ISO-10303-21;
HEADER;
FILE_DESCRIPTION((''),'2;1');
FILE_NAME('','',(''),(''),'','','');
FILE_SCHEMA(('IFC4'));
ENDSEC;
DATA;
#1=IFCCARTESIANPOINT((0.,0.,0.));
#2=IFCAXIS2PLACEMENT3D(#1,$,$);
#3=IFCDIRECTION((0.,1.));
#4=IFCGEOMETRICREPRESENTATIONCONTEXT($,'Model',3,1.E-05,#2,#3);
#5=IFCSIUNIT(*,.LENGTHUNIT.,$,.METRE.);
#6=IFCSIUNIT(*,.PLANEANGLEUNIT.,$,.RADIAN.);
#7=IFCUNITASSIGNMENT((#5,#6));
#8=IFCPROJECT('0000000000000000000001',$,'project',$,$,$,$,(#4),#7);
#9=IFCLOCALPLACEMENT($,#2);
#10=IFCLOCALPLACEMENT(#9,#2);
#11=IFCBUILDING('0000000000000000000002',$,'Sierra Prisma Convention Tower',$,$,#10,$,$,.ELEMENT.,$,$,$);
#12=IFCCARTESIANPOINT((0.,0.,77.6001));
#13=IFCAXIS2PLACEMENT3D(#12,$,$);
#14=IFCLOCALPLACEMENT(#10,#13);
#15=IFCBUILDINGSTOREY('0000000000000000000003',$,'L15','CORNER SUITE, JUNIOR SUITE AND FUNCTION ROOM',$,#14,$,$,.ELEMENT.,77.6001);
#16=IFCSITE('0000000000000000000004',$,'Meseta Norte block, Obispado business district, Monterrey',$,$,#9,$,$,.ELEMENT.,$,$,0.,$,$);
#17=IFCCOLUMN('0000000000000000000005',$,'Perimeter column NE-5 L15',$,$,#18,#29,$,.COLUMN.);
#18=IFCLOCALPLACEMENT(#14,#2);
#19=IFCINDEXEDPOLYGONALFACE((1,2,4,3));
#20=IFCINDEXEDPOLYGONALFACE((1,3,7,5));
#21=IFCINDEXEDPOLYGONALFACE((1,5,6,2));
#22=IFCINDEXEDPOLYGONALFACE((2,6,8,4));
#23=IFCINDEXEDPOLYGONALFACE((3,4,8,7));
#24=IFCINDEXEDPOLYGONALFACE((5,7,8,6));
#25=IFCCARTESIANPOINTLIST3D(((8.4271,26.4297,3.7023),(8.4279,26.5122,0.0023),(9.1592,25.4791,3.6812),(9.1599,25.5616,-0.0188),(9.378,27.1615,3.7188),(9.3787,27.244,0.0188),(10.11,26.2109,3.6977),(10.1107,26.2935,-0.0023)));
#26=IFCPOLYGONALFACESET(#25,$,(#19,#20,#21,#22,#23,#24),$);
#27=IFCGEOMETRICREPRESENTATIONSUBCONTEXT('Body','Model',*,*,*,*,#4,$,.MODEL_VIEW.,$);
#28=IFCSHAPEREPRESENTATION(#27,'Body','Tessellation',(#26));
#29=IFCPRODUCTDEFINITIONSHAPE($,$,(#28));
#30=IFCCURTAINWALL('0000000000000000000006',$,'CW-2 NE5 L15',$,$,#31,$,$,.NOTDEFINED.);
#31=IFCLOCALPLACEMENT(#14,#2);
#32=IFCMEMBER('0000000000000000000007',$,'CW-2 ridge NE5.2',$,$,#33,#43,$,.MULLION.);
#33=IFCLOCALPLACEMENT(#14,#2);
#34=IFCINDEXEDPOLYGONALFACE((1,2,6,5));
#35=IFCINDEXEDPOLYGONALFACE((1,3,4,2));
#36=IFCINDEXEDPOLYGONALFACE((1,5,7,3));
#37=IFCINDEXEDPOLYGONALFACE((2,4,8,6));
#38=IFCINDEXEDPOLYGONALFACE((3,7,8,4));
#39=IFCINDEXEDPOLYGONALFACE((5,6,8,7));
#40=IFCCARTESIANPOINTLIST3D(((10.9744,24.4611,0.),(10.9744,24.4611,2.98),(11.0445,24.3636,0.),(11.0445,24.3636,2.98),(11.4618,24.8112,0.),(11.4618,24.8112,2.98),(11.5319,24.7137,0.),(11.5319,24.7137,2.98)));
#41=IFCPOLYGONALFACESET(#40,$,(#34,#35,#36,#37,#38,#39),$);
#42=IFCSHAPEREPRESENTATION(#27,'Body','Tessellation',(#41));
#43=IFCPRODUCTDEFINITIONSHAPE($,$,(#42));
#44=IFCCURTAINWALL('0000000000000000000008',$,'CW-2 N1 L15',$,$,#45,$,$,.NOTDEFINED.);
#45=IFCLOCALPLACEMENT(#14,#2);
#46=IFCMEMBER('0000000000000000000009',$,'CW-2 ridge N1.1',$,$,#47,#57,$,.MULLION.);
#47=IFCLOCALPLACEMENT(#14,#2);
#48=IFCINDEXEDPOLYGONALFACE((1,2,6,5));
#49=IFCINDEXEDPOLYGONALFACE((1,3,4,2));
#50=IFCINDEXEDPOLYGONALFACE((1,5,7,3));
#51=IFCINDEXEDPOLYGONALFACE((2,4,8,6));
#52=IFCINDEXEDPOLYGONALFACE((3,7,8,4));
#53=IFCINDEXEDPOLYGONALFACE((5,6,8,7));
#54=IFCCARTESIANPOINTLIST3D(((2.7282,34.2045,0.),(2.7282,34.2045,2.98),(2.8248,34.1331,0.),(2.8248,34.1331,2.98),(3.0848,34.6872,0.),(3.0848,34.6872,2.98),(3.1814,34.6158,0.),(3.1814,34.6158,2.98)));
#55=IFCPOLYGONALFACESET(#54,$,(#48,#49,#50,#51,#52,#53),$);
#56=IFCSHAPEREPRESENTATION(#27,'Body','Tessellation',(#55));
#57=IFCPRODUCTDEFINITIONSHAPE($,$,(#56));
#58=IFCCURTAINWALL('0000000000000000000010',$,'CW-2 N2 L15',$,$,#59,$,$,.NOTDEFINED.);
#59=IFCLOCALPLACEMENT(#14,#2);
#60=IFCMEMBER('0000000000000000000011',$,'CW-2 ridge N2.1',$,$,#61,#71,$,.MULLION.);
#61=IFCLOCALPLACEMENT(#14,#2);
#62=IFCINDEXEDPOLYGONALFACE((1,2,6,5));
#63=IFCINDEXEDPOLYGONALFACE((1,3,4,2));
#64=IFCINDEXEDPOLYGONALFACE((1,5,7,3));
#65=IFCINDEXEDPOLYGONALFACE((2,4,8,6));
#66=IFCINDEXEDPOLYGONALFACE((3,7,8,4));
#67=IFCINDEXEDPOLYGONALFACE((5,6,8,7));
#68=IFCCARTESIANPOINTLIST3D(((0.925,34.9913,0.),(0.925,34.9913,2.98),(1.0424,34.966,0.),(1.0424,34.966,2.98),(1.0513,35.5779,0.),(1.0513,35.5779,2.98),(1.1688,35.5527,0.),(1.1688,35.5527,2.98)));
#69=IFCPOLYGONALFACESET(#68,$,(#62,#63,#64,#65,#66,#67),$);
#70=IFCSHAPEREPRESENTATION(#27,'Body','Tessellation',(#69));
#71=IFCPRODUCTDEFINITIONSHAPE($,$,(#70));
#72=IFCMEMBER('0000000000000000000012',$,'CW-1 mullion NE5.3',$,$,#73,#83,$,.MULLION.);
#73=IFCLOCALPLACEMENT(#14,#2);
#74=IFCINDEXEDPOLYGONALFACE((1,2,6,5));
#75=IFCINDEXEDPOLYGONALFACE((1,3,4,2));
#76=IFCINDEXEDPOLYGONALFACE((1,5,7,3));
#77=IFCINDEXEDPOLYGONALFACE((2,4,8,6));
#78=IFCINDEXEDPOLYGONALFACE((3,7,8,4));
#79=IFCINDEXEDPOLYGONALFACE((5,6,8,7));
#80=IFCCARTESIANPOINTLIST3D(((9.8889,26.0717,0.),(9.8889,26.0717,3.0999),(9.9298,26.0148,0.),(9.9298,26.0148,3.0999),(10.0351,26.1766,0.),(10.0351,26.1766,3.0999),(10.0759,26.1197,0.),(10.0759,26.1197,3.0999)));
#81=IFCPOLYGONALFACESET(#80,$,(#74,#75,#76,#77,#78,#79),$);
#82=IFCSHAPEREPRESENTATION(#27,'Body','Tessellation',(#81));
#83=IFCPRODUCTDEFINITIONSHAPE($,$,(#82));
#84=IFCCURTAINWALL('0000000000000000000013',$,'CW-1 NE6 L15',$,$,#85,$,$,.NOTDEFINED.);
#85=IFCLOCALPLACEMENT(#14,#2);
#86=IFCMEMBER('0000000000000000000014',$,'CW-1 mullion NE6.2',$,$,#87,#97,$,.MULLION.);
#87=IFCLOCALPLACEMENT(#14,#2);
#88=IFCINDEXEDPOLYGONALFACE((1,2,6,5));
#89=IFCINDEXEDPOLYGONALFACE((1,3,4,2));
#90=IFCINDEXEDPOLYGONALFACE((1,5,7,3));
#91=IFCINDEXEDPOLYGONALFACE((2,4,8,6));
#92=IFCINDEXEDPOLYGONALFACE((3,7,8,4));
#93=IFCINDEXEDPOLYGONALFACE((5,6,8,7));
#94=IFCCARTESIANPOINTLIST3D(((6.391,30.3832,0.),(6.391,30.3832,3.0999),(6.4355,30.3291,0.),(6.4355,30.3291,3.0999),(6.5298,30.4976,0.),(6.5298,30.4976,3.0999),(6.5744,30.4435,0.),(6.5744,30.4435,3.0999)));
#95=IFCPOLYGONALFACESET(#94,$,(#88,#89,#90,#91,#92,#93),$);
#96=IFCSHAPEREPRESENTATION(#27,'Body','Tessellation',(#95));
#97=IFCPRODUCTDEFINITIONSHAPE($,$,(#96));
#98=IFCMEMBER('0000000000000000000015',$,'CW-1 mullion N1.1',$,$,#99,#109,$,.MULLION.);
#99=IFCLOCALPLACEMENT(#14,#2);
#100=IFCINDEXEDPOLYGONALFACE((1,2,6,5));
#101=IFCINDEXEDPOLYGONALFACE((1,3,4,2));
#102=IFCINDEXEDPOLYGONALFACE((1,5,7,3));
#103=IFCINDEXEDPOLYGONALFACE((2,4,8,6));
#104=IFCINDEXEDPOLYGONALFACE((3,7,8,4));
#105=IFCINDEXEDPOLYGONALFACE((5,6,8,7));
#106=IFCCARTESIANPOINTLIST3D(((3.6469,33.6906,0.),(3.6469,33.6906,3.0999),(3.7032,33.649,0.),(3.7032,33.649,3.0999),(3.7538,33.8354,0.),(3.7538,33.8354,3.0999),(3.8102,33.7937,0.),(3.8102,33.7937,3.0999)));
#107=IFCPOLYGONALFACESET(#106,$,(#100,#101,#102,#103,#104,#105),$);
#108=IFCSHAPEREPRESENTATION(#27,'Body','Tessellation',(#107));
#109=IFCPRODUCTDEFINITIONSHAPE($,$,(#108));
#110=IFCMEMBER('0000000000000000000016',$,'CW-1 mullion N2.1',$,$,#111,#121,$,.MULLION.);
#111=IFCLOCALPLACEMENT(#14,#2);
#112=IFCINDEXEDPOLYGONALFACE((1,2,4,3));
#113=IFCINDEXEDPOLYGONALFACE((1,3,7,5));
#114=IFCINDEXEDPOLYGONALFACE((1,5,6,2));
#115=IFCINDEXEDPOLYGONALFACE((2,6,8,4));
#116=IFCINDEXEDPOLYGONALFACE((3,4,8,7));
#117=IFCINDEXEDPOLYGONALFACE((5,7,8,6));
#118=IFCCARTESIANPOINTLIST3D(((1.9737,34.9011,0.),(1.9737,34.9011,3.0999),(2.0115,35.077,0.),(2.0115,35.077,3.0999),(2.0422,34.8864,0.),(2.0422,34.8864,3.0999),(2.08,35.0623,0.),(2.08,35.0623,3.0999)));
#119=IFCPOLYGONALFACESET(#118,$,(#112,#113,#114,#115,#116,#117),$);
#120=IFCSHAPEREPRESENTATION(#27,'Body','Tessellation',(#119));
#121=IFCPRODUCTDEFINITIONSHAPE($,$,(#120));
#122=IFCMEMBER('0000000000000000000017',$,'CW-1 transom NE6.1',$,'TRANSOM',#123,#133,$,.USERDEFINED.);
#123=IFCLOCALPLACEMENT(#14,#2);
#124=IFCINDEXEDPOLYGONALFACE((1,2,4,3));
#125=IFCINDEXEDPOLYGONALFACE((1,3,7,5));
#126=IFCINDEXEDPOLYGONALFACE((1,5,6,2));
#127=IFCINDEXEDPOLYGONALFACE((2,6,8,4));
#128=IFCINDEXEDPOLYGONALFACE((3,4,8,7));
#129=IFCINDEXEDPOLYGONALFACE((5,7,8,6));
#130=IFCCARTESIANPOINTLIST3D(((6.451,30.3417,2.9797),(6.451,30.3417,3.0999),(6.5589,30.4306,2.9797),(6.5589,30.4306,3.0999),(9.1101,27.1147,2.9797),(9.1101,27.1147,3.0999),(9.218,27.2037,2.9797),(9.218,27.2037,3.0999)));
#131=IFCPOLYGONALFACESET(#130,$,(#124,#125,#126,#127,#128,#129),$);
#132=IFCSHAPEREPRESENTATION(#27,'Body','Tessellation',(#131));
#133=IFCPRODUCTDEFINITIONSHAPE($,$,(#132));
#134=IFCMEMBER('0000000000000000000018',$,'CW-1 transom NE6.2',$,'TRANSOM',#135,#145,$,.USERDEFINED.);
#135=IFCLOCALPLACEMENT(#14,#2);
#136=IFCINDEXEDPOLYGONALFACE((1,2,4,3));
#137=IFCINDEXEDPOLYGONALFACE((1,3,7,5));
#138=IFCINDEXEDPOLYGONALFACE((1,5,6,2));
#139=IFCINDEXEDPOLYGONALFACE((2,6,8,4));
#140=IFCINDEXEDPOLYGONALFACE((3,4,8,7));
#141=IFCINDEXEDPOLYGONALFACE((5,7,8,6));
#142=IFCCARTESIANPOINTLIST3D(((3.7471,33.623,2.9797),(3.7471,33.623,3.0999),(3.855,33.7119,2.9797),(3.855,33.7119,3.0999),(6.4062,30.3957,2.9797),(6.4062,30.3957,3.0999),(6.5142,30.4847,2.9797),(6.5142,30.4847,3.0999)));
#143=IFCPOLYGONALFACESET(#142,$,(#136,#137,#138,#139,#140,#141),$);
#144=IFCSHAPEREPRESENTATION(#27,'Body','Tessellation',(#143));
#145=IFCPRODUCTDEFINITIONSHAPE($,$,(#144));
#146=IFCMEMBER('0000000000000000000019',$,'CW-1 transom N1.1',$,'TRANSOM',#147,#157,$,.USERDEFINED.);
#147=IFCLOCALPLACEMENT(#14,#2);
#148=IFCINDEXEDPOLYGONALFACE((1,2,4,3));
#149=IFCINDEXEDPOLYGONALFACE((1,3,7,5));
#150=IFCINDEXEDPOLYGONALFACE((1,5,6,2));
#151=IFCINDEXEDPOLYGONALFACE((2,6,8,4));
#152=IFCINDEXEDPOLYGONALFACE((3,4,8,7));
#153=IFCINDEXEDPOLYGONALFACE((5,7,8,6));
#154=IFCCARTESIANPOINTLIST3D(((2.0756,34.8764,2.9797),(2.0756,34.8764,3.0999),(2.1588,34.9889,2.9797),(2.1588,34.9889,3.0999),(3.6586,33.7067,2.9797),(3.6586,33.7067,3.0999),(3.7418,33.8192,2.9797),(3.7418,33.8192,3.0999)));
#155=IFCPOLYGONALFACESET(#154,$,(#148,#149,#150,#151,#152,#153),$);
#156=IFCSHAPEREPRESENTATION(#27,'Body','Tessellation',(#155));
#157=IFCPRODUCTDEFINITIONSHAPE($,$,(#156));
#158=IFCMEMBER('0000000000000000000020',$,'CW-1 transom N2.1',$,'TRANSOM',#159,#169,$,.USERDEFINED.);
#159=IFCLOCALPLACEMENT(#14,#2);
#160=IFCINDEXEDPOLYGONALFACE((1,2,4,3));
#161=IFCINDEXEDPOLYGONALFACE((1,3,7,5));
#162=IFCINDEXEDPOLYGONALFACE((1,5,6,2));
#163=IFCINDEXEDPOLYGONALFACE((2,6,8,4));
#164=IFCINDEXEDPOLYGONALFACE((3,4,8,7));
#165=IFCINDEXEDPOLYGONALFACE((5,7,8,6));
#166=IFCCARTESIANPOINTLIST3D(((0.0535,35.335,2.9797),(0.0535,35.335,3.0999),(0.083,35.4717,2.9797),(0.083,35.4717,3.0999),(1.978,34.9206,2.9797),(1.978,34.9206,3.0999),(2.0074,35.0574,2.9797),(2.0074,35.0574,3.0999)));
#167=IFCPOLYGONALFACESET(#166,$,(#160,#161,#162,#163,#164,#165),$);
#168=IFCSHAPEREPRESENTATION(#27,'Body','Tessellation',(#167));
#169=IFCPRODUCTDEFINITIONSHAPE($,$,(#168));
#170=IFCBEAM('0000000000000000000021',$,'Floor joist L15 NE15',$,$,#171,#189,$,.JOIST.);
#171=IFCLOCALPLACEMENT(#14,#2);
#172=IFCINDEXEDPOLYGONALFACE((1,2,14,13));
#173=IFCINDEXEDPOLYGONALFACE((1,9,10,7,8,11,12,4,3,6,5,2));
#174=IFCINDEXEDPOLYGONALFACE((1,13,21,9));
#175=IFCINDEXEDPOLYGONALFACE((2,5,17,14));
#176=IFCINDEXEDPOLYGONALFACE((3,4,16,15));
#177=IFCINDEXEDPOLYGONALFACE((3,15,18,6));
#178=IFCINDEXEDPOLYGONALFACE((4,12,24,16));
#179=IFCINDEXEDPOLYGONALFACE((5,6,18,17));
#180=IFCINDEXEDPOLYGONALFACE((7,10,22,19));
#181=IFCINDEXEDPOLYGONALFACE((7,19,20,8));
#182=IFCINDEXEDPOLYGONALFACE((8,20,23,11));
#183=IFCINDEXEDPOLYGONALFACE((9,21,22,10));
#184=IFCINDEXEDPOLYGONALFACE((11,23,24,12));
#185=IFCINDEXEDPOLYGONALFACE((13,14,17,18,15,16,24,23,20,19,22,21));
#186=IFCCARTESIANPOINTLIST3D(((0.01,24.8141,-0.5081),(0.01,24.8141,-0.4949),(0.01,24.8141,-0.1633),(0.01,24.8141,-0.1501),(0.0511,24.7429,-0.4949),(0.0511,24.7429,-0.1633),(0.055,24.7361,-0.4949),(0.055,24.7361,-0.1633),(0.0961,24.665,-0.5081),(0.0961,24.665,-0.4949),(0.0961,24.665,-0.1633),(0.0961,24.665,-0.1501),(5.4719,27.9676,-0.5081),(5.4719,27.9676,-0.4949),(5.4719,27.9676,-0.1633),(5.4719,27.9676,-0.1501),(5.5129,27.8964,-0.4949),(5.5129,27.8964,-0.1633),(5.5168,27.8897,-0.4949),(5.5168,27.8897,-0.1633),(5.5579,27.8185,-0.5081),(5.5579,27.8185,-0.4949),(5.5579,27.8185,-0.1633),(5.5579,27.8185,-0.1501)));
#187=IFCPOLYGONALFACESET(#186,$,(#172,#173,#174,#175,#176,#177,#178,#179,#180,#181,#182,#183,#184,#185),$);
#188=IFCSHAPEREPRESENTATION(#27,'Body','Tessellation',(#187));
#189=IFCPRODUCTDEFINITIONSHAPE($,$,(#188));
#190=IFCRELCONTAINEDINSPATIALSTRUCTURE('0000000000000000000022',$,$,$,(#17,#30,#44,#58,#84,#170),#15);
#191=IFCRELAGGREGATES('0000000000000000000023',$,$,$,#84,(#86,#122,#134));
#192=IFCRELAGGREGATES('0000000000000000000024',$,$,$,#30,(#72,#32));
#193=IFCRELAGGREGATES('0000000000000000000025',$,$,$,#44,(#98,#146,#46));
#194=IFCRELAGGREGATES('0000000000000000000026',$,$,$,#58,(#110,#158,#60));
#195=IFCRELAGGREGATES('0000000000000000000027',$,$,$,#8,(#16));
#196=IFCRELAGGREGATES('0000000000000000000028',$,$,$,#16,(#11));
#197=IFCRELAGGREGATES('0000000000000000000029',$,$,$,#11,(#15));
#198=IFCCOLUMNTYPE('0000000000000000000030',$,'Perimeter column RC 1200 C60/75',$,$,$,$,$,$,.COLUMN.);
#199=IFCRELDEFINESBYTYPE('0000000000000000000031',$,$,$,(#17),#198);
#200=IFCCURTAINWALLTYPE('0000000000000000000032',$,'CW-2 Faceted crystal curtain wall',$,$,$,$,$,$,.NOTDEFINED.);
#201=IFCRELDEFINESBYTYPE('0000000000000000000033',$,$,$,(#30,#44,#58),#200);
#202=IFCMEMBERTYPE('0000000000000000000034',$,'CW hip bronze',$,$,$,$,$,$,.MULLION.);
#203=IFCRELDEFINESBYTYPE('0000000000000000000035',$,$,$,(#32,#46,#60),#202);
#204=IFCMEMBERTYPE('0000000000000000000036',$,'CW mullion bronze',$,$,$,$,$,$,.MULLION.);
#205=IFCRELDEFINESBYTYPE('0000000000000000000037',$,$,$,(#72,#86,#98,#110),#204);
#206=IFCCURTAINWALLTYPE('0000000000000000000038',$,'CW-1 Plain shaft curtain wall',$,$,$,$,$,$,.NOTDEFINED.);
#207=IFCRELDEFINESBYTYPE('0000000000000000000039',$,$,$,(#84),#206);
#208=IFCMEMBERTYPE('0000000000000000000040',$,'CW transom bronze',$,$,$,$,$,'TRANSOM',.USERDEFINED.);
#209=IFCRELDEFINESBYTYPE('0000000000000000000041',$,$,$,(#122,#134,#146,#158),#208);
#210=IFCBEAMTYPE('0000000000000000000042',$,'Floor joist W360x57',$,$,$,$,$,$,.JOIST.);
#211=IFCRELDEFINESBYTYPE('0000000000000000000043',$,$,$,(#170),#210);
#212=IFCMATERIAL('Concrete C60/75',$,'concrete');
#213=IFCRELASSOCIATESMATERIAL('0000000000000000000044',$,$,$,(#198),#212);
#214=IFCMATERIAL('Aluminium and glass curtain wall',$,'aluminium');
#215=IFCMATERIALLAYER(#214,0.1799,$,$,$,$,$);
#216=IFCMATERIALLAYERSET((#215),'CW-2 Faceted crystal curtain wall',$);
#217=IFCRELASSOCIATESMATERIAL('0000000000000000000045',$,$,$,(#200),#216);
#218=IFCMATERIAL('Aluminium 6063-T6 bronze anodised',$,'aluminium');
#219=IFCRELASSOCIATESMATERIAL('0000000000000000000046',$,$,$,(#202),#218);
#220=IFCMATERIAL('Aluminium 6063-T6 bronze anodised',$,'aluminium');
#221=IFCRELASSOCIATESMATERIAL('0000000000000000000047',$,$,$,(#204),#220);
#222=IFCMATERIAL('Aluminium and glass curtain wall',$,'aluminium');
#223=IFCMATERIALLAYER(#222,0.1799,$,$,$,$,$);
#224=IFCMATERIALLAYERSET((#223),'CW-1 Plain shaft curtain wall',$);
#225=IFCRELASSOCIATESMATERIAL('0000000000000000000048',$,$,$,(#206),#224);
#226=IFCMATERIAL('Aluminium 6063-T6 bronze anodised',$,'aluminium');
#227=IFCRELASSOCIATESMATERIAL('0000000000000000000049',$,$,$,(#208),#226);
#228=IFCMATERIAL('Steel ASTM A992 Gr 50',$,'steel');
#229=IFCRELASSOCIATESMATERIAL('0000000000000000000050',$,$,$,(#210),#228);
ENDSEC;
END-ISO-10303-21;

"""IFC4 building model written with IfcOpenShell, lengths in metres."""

from ifc_helpers import new_model, si_unit, direction, frame, origin, origin_2d, place, context, subcontext, project, spatial, rectangle, i_section, extrude, material, layer, layer_set, material_profile, profile_set, type_object, element, aggregate, save


model = new_model("IFC4")

# Units and contexts
model_context = context("Model", 3, precision=1e-05, world=origin(), true_north=direction((0.0, 1.0)))
body_context = subcontext(model_context, "Body", "Model", "MODEL_VIEW")
ifc_project = project(units=[si_unit("LENGTHUNIT", "METRE"), si_unit("PLANEANGLEUNIT", "RADIAN")], contexts=[model_context])

# Site, building, storey
site_placement = place(None, origin())
site = spatial("IfcSite", under=ifc_project, at=site_placement, Name="Meseta Norte block, Obispado business district, Monterrey", CompositionType="ELEMENT", RefElevation=0.0)
building_placement = place(site_placement, origin())
building = spatial("IfcBuilding", under=site, at=building_placement, Name="Sierra Prisma Convention Tower", CompositionType="ELEMENT")
storey_placement = place(building_placement, frame((0.0, 0.0, 77.6001)))
storey = spatial("IfcBuildingStorey", under=building, at=storey_placement, Name="L15", Description="CORNER SUITE, JUNIOR SUITE AND FUNCTION ROOM", CompositionType="ELEMENT", Elevation=77.6001)

# Column
ifc_material_1 = material(Name="Concrete C60/75", Category="concrete")
ifc_material_profile_1 = material_profile(ifc_material_1, rectangle(XDim=1.2, YDim=1.2, at=origin_2d()), Name="Perimeter column RC 1200 C60/75")
ifc_profile_set_1 = profile_set([ifc_material_profile_1], Name="Concrete C60/75")
column_type = type_object("IfcColumnType", Name="Perimeter column RC 1200 C60/75", PredefinedType="COLUMN", material=ifc_profile_set_1)
column_placement = place(storey_placement, frame((9.2693, 26.4028, 0.0), z_axis=(-0.000198, -0.022297, 0.999751), x_axis=(-0.610035, 0.792181, 0.017547)))
element("IfcColumn", 1, at=column_placement, inside=storey, type_object=column_type, Name="Perimeter column NE-5 L15", PredefinedType="COLUMN", context=body_context, shape_type="SweptSolid", body=[
    extrude(rectangle(XDim=1.2, YDim=1.2, at=origin_2d()), origin(), (0.0, 0.0, 1.0), 3.7009),
])

# Curtain walls, members
ifc_material_2 = material(Name="Aluminium and glass curtain wall", Category="aluminium")
ifc_layer_1 = layer(ifc_material_2, 0.1799)
ifc_layer_set_1 = layer_set([ifc_layer_1], Name="CW-2 Faceted crystal curtain wall")
curtain_wall_type_1 = type_object("IfcCurtainWallType", Name="CW-2 Faceted crystal curtain wall", PredefinedType="NOTDEFINED", material=ifc_layer_set_1)
curtain_wall_1_placement = place(storey_placement, origin())
curtain_wall_1 = element("IfcCurtainWall", 2, at=curtain_wall_1_placement, inside=storey, type_object=curtain_wall_type_1, Name="CW-2 NE5 L15", PredefinedType="NOTDEFINED")
ifc_material_3 = material(Name="Aluminium 6063-T6 bronze anodised", Category="aluminium")
ifc_material_profile_2 = material_profile(ifc_material_3, rectangle(XDim=0.1201, YDim=0.6001, at=origin_2d()), Name="ALU RIDGE BLADE 120x600")
ifc_profile_set_2 = profile_set([ifc_material_profile_2], Name="Aluminium 6063-T6 bronze anodised")
member_type_1 = type_object("IfcMemberType", Name="CW hip bronze", PredefinedType="MULLION", material=ifc_profile_set_2)
member_1_placement = place(storey_placement, frame((11.2532, 24.5874, 0.0), z_axis=(0.0, 0.0, 1.0), x_axis=(-0.583401, 0.812184, 0.0)))
member_1 = element("IfcMember", 3, at=member_1_placement, type_object=member_type_1, Name="CW-2 ridge NE5.2", PredefinedType="MULLION", context=body_context, shape_type="SweptSolid", body=[
    extrude(rectangle(XDim=0.1201, YDim=0.6001, at=origin_2d()), origin(), (0.0, 0.0, 1.0), 2.98),
])
curtain_wall_2_placement = place(storey_placement, origin())
curtain_wall_2 = element("IfcCurtainWall", 4, at=curtain_wall_2_placement, inside=storey, type_object=curtain_wall_type_1, Name="CW-2 N1 L15", PredefinedType="NOTDEFINED")
member_2_placement = place(storey_placement, frame((2.9548, 34.4102, 0.0), z_axis=(0.0, 0.0, 1.0), x_axis=(-0.804282, 0.594248, 0.0)))
member_2 = element("IfcMember", 5, at=member_2_placement, type_object=member_type_1, Name="CW-2 ridge N1.1", PredefinedType="MULLION", context=body_context, shape_type="SweptSolid", body=[
    extrude(rectangle(XDim=0.1201, YDim=0.6001, at=origin_2d()), origin(), (0.0, 0.0, 1.0), 2.98),
])
curtain_wall_3_placement = place(storey_placement, origin())
curtain_wall_3 = element("IfcCurtainWall", 6, at=curtain_wall_3_placement, inside=storey, type_object=curtain_wall_type_1, Name="CW-2 N2 L15", PredefinedType="NOTDEFINED")
member_3_placement = place(storey_placement, frame((1.0469, 35.272, 0.0), z_axis=(0.0, 0.0, 1.0), x_axis=(-0.977589, 0.210523, 0.0)))
member_3 = element("IfcMember", 7, at=member_3_placement, type_object=member_type_1, Name="CW-2 ridge N2.1", PredefinedType="MULLION", context=body_context, shape_type="SweptSolid", body=[
    extrude(rectangle(XDim=0.1201, YDim=0.6001, at=origin_2d()), origin(), (0.0, 0.0, 1.0), 2.98),
])

# Member
ifc_material_4 = material(Name="Aluminium 6063-T6 bronze anodised", Category="aluminium")
ifc_material_profile_3 = material_profile(ifc_material_4, rectangle(XDim=0.1799, YDim=0.0701, at=origin_2d()), Name="ALU MULLION 70x180")
ifc_profile_set_3 = profile_set([ifc_material_profile_3], Name="Aluminium 6063-T6 bronze anodised")
member_type_2 = type_object("IfcMemberType", Name="CW mullion bronze", PredefinedType="MULLION", material=ifc_profile_set_3)
member_4_placement = place(storey_placement, frame((9.9824, 26.0957, 0.0), z_axis=(0.0, 0.0, 1.0), x_axis=(-0.812184, -0.583401, 0.0)))
member_4 = element("IfcMember", 8, at=member_4_placement, type_object=member_type_2, Name="CW-1 mullion NE5.3", PredefinedType="MULLION", context=body_context, shape_type="SweptSolid", body=[
    extrude(rectangle(XDim=0.1799, YDim=0.0701, at=origin_2d()), origin(), (0.0, 0.0, 1.0), 3.0999),
])

# Curtain wall, member
ifc_material_5 = material(Name="Aluminium and glass curtain wall", Category="aluminium")
ifc_layer_2 = layer(ifc_material_5, 0.1799)
ifc_layer_set_2 = layer_set([ifc_layer_2], Name="CW-1 Plain shaft curtain wall")
curtain_wall_type_2 = type_object("IfcCurtainWallType", Name="CW-1 Plain shaft curtain wall", PredefinedType="NOTDEFINED", material=ifc_layer_set_2)
curtain_wall_4_placement = place(storey_placement, origin())
curtain_wall_4 = element("IfcCurtainWall", 9, at=curtain_wall_4_placement, inside=storey, type_object=curtain_wall_type_2, Name="CW-1 NE6 L15", PredefinedType="NOTDEFINED")
member_5_placement = place(storey_placement, frame((6.4827, 30.4133, 0.0), z_axis=(0.0, 0.0, 1.0), x_axis=(-0.77175, -0.635926, 0.0)))
member_5 = element("IfcMember", 10, at=member_5_placement, type_object=member_type_2, Name="CW-1 mullion NE6.2", PredefinedType="MULLION", context=body_context, shape_type="SweptSolid", body=[
    extrude(rectangle(XDim=0.1799, YDim=0.0701, at=origin_2d()), origin(), (0.0, 0.0, 1.0), 3.0999),
])

# Members
member_6_placement = place(storey_placement, frame((3.7285, 33.7422, 0.0), z_axis=(0.0, 0.0, 1.0), x_axis=(-0.594248, -0.804282, 0.0)))
member_6 = element("IfcMember", 11, at=member_6_placement, type_object=member_type_2, Name="CW-1 mullion N1.1", PredefinedType="MULLION", context=body_context, shape_type="SweptSolid", body=[
    extrude(rectangle(XDim=0.1799, YDim=0.0701, at=origin_2d()), origin(), (0.0, 0.0, 1.0), 3.0999),
])
member_7_placement = place(storey_placement, frame((2.0269, 34.9817, 0.0), z_axis=(0.0, 0.0, 1.0), x_axis=(-0.210523, -0.977589, 0.0)))
member_7 = element("IfcMember", 12, at=member_7_placement, type_object=member_type_2, Name="CW-1 mullion N2.1", PredefinedType="MULLION", context=body_context, shape_type="SweptSolid", body=[
    extrude(rectangle(XDim=0.1799, YDim=0.0701, at=origin_2d()), origin(), (0.0, 0.0, 1.0), 3.0999),
])
ifc_material_6 = material(Name="Aluminium 6063-T6 bronze anodised", Category="aluminium")
ifc_material_profile_4 = material_profile(ifc_material_6, rectangle(XDim=0.1399, YDim=0.1201, at=origin_2d()), Name="ALU TRANSOM 120x140")
ifc_profile_set_4 = profile_set([ifc_material_profile_4], Name="Aluminium 6063-T6 bronze anodised")
member_type_3 = type_object("IfcMemberType", Name="CW transom bronze", ElementType="TRANSOM", PredefinedType="USERDEFINED", material=ifc_profile_set_4)
member_8_placement = place(storey_placement, frame((9.1641, 27.1592, 3.0398), z_axis=(-0.635936, 0.771741, 0.0), x_axis=(-0.771741, -0.635936, 0.0)))
member_8 = element("IfcMember", 13, at=member_8_placement, type_object=member_type_3, Name="CW-1 transom NE6.1", ObjectType="TRANSOM", PredefinedType="USERDEFINED", context=body_context, shape_type="SweptSolid", body=[
    extrude(rectangle(XDim=0.1399, YDim=0.1201, at=origin_2d()), origin(), (0.0, 0.0, 1.0), 4.1814),
])
member_9_placement = place(storey_placement, frame((6.4602, 30.4402, 3.0398), z_axis=(-0.635908, 0.771765, 0.0), x_axis=(-0.771765, -0.635908, 0.0)))
member_9 = element("IfcMember", 14, at=member_9_placement, type_object=member_type_3, Name="CW-1 transom NE6.2", ObjectType="TRANSOM", PredefinedType="USERDEFINED", context=body_context, shape_type="SweptSolid", body=[
    extrude(rectangle(XDim=0.1399, YDim=0.1201, at=origin_2d()), origin(), (0.0, 0.0, 1.0), 4.1816),
])
member_10_placement = place(storey_placement, frame((3.7002, 33.7629, 3.0398), z_axis=(-0.804266, 0.594269, 0.0), x_axis=(-0.594269, -0.804266, 0.0)))
member_10 = element("IfcMember", 15, at=member_10_placement, type_object=member_type_3, Name="CW-1 transom N1.1", ObjectType="TRANSOM", PredefinedType="USERDEFINED", context=body_context, shape_type="SweptSolid", body=[
    extrude(rectangle(XDim=0.1399, YDim=0.1201, at=origin_2d()), origin(), (0.0, 0.0, 1.0), 1.9683),
])
member_11_placement = place(storey_placement, frame((1.9927, 34.989, 3.0398), z_axis=(-0.977599, 0.210478, 0.0), x_axis=(-0.210478, -0.977599, 0.0)))
member_11 = element("IfcMember", 16, at=member_11_placement, type_object=member_type_3, Name="CW-1 transom N2.1", ObjectType="TRANSOM", PredefinedType="USERDEFINED", context=body_context, shape_type="SweptSolid", body=[
    extrude(rectangle(XDim=0.1399, YDim=0.1201, at=origin_2d()), origin(), (0.0, 0.0, 1.0), 1.9685),
])

# Beam
ifc_material_7 = material(Name="Steel ASTM A992 Gr 50", Category="steel")
ifc_material_profile_5 = material_profile(ifc_material_7, i_section(OverallWidth=0.1721, OverallDepth=0.3579, WebThickness=0.0078, FlangeThickness=0.0132, at=origin_2d()), Name="W360x57")
ifc_profile_set_5 = profile_set([ifc_material_profile_5], Name="Steel ASTM A992 Gr 50")
beam_type_1 = type_object("IfcBeamType", Name="Floor joist W360x57", PredefinedType="JOIST", material=ifc_profile_set_5)
beam_1_placement = place(storey_placement, frame((5.5149, 27.8931, -0.3291), z_axis=(-0.866017, -0.500015, 0.0), x_axis=(0.500015, -0.866017, 0.0)))
element("IfcBeam", 17, at=beam_1_placement, inside=storey, type_object=beam_type_1, Name="Floor joist L15 NE15", PredefinedType="JOIST", context=body_context, shape_type="SweptSolid", body=[
    extrude(i_section(OverallWidth=0.1721, OverallDepth=0.3579, WebThickness=0.0078, FlangeThickness=0.0132, at=origin_2d()), origin(), (0.0, 0.0, 1.0), 6.3069),
])

aggregate(curtain_wall_4, [member_5, member_8, member_9])
aggregate(curtain_wall_1, [member_4, member_1])
aggregate(curtain_wall_2, [member_6, member_10, member_2])
aggregate(curtain_wall_3, [member_7, member_11, member_3])

save(model, "model.ifc")
